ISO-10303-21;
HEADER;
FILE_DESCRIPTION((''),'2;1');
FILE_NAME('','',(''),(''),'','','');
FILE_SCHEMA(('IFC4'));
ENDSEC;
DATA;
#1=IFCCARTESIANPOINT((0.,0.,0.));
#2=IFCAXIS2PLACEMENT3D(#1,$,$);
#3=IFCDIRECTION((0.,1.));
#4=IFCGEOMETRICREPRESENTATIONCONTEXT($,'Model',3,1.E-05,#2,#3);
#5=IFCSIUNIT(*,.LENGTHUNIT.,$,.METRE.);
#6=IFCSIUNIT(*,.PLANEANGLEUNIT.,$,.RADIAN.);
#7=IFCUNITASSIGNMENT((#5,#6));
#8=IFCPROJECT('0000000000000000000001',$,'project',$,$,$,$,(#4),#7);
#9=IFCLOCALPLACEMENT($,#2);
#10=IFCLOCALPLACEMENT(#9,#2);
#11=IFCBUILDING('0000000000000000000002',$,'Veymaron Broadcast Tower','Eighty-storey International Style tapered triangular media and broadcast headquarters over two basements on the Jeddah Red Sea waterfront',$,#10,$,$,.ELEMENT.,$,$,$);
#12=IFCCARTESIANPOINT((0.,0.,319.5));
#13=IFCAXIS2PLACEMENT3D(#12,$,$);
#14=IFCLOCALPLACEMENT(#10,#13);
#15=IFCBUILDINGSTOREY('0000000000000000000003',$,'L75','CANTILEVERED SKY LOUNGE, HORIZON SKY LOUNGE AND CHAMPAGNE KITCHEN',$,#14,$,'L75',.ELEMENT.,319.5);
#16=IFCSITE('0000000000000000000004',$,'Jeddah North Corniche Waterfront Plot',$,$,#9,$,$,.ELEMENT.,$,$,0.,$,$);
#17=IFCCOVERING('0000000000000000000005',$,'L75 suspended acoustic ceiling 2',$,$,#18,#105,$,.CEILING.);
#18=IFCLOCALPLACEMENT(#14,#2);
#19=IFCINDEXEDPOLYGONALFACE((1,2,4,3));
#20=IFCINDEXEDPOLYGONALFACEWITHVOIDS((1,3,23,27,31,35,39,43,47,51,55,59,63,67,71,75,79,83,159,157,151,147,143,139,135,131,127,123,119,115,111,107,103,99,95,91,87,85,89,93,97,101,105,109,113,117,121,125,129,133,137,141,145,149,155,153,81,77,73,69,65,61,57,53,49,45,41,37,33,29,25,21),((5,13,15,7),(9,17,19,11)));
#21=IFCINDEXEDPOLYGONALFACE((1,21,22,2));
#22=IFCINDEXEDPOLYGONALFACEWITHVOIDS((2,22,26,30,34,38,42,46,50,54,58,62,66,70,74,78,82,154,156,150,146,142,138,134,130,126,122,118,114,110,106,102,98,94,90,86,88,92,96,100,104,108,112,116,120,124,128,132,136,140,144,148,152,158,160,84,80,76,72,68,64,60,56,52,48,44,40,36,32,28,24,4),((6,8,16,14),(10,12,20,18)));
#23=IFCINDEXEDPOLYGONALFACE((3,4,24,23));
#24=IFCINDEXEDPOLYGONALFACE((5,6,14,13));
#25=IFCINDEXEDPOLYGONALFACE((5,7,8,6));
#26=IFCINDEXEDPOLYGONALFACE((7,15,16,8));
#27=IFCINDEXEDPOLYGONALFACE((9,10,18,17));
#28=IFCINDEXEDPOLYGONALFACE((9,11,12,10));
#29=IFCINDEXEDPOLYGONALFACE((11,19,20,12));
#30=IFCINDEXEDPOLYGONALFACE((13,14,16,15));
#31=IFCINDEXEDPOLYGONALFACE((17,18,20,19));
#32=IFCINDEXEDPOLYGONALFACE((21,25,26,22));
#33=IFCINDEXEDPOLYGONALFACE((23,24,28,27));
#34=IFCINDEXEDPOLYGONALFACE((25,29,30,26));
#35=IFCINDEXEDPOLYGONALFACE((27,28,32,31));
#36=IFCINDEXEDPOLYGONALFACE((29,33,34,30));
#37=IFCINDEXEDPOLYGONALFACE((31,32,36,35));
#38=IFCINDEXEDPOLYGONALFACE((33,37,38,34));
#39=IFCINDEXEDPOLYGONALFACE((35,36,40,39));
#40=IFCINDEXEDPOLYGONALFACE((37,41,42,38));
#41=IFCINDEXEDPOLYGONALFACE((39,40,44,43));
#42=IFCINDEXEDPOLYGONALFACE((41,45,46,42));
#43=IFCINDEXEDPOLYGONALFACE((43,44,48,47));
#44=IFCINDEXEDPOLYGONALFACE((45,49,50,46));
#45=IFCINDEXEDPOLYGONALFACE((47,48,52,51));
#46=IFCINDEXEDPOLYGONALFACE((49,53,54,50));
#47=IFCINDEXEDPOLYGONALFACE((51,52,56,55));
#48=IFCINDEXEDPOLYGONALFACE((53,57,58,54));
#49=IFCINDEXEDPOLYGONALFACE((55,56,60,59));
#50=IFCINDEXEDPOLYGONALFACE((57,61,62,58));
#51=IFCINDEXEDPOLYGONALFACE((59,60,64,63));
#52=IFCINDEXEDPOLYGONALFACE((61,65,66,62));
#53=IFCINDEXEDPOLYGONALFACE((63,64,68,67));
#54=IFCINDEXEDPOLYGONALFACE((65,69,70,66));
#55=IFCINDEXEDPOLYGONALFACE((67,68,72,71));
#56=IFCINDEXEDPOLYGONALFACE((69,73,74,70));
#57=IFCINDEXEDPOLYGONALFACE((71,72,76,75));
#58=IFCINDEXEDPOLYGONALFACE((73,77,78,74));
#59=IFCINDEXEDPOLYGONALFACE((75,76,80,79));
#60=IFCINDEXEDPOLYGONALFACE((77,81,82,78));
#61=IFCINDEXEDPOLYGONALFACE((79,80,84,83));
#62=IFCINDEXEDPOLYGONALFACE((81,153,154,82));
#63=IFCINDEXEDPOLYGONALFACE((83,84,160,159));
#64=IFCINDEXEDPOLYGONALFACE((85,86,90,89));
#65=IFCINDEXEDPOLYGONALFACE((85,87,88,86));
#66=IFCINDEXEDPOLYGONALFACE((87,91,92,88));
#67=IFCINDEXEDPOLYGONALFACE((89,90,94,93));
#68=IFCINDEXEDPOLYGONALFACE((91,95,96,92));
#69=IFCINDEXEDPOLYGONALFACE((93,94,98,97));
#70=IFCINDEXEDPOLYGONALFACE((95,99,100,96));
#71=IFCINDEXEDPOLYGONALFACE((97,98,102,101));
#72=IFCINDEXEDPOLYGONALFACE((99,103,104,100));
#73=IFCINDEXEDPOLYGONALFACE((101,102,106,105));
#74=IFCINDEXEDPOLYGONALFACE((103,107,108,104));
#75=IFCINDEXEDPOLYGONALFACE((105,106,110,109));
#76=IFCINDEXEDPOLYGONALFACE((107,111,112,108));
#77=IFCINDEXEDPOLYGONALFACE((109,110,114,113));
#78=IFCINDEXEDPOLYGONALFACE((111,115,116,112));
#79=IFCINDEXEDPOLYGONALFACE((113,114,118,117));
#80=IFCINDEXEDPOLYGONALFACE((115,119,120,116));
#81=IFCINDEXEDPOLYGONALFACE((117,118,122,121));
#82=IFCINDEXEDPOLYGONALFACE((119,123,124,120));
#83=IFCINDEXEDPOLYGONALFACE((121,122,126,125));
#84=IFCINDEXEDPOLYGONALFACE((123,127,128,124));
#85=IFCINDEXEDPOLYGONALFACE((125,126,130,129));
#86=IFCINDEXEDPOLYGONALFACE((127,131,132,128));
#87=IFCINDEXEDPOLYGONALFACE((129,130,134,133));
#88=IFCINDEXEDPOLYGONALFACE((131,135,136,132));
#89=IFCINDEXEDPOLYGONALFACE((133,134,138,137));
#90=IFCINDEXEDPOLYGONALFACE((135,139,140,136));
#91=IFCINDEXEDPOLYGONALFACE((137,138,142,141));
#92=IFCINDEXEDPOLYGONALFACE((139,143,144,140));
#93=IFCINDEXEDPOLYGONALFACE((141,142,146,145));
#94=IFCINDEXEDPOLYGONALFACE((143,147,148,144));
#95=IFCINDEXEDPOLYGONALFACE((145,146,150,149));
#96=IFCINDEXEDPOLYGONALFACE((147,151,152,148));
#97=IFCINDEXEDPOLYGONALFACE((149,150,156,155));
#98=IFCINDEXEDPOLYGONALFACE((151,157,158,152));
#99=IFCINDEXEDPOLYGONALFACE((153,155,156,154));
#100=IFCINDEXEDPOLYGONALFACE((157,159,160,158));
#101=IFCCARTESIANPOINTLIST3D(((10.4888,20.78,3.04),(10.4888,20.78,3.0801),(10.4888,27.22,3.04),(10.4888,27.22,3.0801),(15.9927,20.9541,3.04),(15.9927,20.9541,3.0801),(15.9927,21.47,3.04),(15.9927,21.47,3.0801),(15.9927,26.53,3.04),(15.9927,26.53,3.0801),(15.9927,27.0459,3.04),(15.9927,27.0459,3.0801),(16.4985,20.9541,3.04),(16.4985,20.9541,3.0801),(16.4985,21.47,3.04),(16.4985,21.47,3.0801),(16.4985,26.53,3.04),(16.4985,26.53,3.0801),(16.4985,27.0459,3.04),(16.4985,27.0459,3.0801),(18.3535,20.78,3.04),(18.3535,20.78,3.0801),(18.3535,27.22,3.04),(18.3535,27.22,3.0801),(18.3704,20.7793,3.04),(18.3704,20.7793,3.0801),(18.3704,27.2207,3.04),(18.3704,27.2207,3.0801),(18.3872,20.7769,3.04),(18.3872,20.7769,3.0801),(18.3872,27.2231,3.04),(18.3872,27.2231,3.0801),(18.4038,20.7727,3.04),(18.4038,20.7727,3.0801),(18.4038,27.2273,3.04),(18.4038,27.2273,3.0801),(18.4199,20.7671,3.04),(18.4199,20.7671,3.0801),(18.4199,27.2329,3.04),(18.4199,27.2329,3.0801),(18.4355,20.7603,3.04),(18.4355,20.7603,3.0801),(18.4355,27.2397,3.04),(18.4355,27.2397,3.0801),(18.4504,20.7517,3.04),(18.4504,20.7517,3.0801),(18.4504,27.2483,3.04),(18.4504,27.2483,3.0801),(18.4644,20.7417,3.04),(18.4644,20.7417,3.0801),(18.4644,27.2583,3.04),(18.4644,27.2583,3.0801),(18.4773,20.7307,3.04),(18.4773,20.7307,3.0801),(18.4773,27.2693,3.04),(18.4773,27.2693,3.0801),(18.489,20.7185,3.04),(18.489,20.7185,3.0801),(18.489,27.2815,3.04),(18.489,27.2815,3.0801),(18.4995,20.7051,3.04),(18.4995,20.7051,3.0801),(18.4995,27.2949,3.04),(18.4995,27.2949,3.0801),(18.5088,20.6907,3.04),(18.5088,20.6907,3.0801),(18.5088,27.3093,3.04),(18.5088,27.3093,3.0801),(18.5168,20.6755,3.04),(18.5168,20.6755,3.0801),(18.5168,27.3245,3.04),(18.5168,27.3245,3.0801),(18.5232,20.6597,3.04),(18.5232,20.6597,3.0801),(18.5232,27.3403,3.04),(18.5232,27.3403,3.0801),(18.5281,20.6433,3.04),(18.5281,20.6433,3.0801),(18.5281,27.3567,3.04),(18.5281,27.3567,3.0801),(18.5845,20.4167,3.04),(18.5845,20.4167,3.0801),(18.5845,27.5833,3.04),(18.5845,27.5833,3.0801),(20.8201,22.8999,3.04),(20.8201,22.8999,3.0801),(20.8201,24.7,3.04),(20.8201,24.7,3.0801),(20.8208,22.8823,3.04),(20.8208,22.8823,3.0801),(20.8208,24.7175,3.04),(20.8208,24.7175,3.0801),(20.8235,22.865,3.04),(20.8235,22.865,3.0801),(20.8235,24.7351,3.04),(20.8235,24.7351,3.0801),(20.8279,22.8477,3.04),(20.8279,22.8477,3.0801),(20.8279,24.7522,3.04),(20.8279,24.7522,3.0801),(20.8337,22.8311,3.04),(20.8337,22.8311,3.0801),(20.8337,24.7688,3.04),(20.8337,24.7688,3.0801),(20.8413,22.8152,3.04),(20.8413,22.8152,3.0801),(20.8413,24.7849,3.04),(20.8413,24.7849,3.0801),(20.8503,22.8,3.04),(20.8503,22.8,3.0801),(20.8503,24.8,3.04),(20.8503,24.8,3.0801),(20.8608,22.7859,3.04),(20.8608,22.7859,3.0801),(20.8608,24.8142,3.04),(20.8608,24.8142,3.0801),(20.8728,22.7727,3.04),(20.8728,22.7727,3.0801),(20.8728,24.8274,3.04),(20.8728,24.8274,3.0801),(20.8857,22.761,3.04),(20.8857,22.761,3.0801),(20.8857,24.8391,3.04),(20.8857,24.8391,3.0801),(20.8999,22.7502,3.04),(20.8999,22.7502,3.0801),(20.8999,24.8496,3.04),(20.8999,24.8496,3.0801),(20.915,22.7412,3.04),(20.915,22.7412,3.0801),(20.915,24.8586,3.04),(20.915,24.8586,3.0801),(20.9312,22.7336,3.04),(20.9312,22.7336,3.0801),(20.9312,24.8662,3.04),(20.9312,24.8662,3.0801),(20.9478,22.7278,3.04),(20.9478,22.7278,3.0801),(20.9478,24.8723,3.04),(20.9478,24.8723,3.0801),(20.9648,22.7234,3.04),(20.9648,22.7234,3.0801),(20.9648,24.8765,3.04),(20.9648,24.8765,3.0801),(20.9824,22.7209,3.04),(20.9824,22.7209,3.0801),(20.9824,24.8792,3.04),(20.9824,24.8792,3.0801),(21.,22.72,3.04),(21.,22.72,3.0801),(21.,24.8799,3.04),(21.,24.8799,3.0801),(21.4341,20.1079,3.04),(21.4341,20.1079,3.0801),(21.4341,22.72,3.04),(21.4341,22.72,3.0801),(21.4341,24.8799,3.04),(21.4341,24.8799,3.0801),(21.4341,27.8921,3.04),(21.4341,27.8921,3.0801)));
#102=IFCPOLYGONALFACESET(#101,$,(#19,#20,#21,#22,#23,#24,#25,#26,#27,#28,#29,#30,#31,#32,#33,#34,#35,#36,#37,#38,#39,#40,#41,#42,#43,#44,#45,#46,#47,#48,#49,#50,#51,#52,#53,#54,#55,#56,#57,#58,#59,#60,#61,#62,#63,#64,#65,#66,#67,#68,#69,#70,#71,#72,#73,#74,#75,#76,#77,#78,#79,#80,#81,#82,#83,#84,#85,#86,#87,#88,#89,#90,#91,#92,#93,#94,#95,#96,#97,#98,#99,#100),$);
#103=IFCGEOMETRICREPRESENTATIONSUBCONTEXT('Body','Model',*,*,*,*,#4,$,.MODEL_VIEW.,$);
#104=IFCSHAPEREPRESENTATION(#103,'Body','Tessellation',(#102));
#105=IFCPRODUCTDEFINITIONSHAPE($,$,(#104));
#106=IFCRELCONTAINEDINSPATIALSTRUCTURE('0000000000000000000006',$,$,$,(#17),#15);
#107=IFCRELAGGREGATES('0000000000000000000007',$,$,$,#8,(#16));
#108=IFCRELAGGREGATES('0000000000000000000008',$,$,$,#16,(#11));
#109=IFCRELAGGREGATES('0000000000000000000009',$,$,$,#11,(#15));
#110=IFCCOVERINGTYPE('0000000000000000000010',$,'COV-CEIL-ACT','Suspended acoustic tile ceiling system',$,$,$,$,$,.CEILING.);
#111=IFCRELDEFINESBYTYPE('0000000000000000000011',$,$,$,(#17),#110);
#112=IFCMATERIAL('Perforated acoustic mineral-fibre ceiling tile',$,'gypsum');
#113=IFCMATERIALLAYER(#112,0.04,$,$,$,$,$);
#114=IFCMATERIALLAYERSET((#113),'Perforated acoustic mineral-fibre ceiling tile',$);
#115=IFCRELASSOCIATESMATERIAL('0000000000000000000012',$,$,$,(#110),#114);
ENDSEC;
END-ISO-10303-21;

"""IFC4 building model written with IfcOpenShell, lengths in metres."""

from ifc_helpers import new_model, si_unit, direction, frame, origin, place, context, subcontext, project, spatial, polyline, outline, extrude, material, layer, layer_set, type_object, element, save


model = new_model("IFC4")

# Units and contexts
model_context = context("Model", 3, precision=1e-05, world=origin(), true_north=direction((0.0, 1.0)))
body_context = subcontext(model_context, "Body", "Model", "MODEL_VIEW")
ifc_project = project(units=[si_unit("LENGTHUNIT", "METRE"), si_unit("PLANEANGLEUNIT", "RADIAN")], contexts=[model_context])

# Site, building, storey
site_placement = place(None, origin())
site = spatial("IfcSite", under=ifc_project, at=site_placement, Name="Jeddah North Corniche Waterfront Plot", CompositionType="ELEMENT", RefElevation=0.0)
building_placement = place(site_placement, origin())
building = spatial("IfcBuilding", under=site, at=building_placement, Name="Veymaron Broadcast Tower", Description="Eighty-storey International Style tapered triangular media and broadcast headquarters over two basements on the Jeddah Red Sea waterfront", CompositionType="ELEMENT")
storey_placement = place(building_placement, frame((0.0, 0.0, 319.5)))
storey = spatial("IfcBuildingStorey", under=building, at=storey_placement, Name="L75", Description="CANTILEVERED SKY LOUNGE, HORIZON SKY LOUNGE AND CHAMPAGNE KITCHEN", LongName="L75", CompositionType="ELEMENT", Elevation=319.5)

# Covering
ifc_material_1 = material(Name="Perforated acoustic mineral-fibre ceiling tile", Category="gypsum")
ifc_layer_1 = layer(ifc_material_1, 0.04)
ifc_layer_set_1 = layer_set([ifc_layer_1], Name="Perforated acoustic mineral-fibre ceiling tile")
covering_type_1 = type_object("IfcCoveringType", Name="COV-CEIL-ACT", Description="Suspended acoustic tile ceiling system", PredefinedType="CEILING", material=ifc_layer_set_1)
covering_1_placement = place(storey_placement, frame((0.0, 0.0, 3.04)))
element("IfcCovering", 1, at=covering_1_placement, inside=storey, type_object=covering_type_1, Name="L75 suspended acoustic ceiling 2", PredefinedType="CEILING", context=body_context, shape_type="SweptSolid", body=[
    extrude(outline(polyline([(18.3704, 20.7793), (18.3535, 20.78), (10.4888, 20.78), (10.4888, 27.22), (18.3535, 27.22), (18.3704, 27.2207), (18.3872, 27.2231), (18.4038, 27.2273), (18.4199, 27.2329), (18.4355, 27.2397), (18.4504, 27.2483), (18.4644, 27.2583), (18.4773, 27.2693), (18.489, 27.2815), (18.4995, 27.2949), (18.5088, 27.3093), (18.5168, 27.3245), (18.5232, 27.3403), (18.5281, 27.3567), (18.5845, 27.5833), (21.4341, 27.8921), (21.4341, 24.8799), (21.0, 24.8799), (20.9824, 24.8792), (20.9648, 24.8765), (20.9478, 24.8723), (20.9312, 24.8662), (20.915, 24.8586), (20.8999, 24.8496), (20.8857, 24.8391), (20.8728, 24.8274), (20.8608, 24.8142), (20.8503, 24.8), (20.8413, 24.7849), (20.8337, 24.7688), (20.8279, 24.7522), (20.8235, 24.7351), (20.8208, 24.7175), (20.8201, 24.7), (20.8201, 22.8999), (20.8208, 22.8823), (20.8235, 22.865), (20.8279, 22.8477), (20.8337, 22.8311), (20.8413, 22.8152), (20.8503, 22.8), (20.8608, 22.7859), (20.8728, 22.7727), (20.8857, 22.761), (20.8999, 22.7502), (20.915, 22.7412), (20.9312, 22.7336), (20.9478, 22.7278), (20.9648, 22.7234), (20.9824, 22.7209), (21.0, 22.72), (21.4341, 22.72), (21.4341, 20.1079), (18.5845, 20.4167), (18.5281, 20.6433), (18.5232, 20.6597), (18.5168, 20.6755), (18.5088, 20.6907), (18.4995, 20.7051), (18.489, 20.7185), (18.4773, 20.7307), (18.4644, 20.7417), (18.4504, 20.7517), (18.4355, 20.7603), (18.4199, 20.7671), (18.4038, 20.7727), (18.3872, 20.7769), (18.3704, 20.7793)]), holes=[polyline([(15.9927, 21.47), (15.9927, 20.9541), (16.4985, 20.9541), (16.4985, 21.47), (15.9927, 21.47)]), polyline([(16.4985, 27.0459), (15.9927, 27.0459), (15.9927, 26.53), (16.4985, 26.53), (16.4985, 27.0459)])]), origin(), (0.0, 0.0, 1.0), 0.04),
])

save(model, "model.ifc")
